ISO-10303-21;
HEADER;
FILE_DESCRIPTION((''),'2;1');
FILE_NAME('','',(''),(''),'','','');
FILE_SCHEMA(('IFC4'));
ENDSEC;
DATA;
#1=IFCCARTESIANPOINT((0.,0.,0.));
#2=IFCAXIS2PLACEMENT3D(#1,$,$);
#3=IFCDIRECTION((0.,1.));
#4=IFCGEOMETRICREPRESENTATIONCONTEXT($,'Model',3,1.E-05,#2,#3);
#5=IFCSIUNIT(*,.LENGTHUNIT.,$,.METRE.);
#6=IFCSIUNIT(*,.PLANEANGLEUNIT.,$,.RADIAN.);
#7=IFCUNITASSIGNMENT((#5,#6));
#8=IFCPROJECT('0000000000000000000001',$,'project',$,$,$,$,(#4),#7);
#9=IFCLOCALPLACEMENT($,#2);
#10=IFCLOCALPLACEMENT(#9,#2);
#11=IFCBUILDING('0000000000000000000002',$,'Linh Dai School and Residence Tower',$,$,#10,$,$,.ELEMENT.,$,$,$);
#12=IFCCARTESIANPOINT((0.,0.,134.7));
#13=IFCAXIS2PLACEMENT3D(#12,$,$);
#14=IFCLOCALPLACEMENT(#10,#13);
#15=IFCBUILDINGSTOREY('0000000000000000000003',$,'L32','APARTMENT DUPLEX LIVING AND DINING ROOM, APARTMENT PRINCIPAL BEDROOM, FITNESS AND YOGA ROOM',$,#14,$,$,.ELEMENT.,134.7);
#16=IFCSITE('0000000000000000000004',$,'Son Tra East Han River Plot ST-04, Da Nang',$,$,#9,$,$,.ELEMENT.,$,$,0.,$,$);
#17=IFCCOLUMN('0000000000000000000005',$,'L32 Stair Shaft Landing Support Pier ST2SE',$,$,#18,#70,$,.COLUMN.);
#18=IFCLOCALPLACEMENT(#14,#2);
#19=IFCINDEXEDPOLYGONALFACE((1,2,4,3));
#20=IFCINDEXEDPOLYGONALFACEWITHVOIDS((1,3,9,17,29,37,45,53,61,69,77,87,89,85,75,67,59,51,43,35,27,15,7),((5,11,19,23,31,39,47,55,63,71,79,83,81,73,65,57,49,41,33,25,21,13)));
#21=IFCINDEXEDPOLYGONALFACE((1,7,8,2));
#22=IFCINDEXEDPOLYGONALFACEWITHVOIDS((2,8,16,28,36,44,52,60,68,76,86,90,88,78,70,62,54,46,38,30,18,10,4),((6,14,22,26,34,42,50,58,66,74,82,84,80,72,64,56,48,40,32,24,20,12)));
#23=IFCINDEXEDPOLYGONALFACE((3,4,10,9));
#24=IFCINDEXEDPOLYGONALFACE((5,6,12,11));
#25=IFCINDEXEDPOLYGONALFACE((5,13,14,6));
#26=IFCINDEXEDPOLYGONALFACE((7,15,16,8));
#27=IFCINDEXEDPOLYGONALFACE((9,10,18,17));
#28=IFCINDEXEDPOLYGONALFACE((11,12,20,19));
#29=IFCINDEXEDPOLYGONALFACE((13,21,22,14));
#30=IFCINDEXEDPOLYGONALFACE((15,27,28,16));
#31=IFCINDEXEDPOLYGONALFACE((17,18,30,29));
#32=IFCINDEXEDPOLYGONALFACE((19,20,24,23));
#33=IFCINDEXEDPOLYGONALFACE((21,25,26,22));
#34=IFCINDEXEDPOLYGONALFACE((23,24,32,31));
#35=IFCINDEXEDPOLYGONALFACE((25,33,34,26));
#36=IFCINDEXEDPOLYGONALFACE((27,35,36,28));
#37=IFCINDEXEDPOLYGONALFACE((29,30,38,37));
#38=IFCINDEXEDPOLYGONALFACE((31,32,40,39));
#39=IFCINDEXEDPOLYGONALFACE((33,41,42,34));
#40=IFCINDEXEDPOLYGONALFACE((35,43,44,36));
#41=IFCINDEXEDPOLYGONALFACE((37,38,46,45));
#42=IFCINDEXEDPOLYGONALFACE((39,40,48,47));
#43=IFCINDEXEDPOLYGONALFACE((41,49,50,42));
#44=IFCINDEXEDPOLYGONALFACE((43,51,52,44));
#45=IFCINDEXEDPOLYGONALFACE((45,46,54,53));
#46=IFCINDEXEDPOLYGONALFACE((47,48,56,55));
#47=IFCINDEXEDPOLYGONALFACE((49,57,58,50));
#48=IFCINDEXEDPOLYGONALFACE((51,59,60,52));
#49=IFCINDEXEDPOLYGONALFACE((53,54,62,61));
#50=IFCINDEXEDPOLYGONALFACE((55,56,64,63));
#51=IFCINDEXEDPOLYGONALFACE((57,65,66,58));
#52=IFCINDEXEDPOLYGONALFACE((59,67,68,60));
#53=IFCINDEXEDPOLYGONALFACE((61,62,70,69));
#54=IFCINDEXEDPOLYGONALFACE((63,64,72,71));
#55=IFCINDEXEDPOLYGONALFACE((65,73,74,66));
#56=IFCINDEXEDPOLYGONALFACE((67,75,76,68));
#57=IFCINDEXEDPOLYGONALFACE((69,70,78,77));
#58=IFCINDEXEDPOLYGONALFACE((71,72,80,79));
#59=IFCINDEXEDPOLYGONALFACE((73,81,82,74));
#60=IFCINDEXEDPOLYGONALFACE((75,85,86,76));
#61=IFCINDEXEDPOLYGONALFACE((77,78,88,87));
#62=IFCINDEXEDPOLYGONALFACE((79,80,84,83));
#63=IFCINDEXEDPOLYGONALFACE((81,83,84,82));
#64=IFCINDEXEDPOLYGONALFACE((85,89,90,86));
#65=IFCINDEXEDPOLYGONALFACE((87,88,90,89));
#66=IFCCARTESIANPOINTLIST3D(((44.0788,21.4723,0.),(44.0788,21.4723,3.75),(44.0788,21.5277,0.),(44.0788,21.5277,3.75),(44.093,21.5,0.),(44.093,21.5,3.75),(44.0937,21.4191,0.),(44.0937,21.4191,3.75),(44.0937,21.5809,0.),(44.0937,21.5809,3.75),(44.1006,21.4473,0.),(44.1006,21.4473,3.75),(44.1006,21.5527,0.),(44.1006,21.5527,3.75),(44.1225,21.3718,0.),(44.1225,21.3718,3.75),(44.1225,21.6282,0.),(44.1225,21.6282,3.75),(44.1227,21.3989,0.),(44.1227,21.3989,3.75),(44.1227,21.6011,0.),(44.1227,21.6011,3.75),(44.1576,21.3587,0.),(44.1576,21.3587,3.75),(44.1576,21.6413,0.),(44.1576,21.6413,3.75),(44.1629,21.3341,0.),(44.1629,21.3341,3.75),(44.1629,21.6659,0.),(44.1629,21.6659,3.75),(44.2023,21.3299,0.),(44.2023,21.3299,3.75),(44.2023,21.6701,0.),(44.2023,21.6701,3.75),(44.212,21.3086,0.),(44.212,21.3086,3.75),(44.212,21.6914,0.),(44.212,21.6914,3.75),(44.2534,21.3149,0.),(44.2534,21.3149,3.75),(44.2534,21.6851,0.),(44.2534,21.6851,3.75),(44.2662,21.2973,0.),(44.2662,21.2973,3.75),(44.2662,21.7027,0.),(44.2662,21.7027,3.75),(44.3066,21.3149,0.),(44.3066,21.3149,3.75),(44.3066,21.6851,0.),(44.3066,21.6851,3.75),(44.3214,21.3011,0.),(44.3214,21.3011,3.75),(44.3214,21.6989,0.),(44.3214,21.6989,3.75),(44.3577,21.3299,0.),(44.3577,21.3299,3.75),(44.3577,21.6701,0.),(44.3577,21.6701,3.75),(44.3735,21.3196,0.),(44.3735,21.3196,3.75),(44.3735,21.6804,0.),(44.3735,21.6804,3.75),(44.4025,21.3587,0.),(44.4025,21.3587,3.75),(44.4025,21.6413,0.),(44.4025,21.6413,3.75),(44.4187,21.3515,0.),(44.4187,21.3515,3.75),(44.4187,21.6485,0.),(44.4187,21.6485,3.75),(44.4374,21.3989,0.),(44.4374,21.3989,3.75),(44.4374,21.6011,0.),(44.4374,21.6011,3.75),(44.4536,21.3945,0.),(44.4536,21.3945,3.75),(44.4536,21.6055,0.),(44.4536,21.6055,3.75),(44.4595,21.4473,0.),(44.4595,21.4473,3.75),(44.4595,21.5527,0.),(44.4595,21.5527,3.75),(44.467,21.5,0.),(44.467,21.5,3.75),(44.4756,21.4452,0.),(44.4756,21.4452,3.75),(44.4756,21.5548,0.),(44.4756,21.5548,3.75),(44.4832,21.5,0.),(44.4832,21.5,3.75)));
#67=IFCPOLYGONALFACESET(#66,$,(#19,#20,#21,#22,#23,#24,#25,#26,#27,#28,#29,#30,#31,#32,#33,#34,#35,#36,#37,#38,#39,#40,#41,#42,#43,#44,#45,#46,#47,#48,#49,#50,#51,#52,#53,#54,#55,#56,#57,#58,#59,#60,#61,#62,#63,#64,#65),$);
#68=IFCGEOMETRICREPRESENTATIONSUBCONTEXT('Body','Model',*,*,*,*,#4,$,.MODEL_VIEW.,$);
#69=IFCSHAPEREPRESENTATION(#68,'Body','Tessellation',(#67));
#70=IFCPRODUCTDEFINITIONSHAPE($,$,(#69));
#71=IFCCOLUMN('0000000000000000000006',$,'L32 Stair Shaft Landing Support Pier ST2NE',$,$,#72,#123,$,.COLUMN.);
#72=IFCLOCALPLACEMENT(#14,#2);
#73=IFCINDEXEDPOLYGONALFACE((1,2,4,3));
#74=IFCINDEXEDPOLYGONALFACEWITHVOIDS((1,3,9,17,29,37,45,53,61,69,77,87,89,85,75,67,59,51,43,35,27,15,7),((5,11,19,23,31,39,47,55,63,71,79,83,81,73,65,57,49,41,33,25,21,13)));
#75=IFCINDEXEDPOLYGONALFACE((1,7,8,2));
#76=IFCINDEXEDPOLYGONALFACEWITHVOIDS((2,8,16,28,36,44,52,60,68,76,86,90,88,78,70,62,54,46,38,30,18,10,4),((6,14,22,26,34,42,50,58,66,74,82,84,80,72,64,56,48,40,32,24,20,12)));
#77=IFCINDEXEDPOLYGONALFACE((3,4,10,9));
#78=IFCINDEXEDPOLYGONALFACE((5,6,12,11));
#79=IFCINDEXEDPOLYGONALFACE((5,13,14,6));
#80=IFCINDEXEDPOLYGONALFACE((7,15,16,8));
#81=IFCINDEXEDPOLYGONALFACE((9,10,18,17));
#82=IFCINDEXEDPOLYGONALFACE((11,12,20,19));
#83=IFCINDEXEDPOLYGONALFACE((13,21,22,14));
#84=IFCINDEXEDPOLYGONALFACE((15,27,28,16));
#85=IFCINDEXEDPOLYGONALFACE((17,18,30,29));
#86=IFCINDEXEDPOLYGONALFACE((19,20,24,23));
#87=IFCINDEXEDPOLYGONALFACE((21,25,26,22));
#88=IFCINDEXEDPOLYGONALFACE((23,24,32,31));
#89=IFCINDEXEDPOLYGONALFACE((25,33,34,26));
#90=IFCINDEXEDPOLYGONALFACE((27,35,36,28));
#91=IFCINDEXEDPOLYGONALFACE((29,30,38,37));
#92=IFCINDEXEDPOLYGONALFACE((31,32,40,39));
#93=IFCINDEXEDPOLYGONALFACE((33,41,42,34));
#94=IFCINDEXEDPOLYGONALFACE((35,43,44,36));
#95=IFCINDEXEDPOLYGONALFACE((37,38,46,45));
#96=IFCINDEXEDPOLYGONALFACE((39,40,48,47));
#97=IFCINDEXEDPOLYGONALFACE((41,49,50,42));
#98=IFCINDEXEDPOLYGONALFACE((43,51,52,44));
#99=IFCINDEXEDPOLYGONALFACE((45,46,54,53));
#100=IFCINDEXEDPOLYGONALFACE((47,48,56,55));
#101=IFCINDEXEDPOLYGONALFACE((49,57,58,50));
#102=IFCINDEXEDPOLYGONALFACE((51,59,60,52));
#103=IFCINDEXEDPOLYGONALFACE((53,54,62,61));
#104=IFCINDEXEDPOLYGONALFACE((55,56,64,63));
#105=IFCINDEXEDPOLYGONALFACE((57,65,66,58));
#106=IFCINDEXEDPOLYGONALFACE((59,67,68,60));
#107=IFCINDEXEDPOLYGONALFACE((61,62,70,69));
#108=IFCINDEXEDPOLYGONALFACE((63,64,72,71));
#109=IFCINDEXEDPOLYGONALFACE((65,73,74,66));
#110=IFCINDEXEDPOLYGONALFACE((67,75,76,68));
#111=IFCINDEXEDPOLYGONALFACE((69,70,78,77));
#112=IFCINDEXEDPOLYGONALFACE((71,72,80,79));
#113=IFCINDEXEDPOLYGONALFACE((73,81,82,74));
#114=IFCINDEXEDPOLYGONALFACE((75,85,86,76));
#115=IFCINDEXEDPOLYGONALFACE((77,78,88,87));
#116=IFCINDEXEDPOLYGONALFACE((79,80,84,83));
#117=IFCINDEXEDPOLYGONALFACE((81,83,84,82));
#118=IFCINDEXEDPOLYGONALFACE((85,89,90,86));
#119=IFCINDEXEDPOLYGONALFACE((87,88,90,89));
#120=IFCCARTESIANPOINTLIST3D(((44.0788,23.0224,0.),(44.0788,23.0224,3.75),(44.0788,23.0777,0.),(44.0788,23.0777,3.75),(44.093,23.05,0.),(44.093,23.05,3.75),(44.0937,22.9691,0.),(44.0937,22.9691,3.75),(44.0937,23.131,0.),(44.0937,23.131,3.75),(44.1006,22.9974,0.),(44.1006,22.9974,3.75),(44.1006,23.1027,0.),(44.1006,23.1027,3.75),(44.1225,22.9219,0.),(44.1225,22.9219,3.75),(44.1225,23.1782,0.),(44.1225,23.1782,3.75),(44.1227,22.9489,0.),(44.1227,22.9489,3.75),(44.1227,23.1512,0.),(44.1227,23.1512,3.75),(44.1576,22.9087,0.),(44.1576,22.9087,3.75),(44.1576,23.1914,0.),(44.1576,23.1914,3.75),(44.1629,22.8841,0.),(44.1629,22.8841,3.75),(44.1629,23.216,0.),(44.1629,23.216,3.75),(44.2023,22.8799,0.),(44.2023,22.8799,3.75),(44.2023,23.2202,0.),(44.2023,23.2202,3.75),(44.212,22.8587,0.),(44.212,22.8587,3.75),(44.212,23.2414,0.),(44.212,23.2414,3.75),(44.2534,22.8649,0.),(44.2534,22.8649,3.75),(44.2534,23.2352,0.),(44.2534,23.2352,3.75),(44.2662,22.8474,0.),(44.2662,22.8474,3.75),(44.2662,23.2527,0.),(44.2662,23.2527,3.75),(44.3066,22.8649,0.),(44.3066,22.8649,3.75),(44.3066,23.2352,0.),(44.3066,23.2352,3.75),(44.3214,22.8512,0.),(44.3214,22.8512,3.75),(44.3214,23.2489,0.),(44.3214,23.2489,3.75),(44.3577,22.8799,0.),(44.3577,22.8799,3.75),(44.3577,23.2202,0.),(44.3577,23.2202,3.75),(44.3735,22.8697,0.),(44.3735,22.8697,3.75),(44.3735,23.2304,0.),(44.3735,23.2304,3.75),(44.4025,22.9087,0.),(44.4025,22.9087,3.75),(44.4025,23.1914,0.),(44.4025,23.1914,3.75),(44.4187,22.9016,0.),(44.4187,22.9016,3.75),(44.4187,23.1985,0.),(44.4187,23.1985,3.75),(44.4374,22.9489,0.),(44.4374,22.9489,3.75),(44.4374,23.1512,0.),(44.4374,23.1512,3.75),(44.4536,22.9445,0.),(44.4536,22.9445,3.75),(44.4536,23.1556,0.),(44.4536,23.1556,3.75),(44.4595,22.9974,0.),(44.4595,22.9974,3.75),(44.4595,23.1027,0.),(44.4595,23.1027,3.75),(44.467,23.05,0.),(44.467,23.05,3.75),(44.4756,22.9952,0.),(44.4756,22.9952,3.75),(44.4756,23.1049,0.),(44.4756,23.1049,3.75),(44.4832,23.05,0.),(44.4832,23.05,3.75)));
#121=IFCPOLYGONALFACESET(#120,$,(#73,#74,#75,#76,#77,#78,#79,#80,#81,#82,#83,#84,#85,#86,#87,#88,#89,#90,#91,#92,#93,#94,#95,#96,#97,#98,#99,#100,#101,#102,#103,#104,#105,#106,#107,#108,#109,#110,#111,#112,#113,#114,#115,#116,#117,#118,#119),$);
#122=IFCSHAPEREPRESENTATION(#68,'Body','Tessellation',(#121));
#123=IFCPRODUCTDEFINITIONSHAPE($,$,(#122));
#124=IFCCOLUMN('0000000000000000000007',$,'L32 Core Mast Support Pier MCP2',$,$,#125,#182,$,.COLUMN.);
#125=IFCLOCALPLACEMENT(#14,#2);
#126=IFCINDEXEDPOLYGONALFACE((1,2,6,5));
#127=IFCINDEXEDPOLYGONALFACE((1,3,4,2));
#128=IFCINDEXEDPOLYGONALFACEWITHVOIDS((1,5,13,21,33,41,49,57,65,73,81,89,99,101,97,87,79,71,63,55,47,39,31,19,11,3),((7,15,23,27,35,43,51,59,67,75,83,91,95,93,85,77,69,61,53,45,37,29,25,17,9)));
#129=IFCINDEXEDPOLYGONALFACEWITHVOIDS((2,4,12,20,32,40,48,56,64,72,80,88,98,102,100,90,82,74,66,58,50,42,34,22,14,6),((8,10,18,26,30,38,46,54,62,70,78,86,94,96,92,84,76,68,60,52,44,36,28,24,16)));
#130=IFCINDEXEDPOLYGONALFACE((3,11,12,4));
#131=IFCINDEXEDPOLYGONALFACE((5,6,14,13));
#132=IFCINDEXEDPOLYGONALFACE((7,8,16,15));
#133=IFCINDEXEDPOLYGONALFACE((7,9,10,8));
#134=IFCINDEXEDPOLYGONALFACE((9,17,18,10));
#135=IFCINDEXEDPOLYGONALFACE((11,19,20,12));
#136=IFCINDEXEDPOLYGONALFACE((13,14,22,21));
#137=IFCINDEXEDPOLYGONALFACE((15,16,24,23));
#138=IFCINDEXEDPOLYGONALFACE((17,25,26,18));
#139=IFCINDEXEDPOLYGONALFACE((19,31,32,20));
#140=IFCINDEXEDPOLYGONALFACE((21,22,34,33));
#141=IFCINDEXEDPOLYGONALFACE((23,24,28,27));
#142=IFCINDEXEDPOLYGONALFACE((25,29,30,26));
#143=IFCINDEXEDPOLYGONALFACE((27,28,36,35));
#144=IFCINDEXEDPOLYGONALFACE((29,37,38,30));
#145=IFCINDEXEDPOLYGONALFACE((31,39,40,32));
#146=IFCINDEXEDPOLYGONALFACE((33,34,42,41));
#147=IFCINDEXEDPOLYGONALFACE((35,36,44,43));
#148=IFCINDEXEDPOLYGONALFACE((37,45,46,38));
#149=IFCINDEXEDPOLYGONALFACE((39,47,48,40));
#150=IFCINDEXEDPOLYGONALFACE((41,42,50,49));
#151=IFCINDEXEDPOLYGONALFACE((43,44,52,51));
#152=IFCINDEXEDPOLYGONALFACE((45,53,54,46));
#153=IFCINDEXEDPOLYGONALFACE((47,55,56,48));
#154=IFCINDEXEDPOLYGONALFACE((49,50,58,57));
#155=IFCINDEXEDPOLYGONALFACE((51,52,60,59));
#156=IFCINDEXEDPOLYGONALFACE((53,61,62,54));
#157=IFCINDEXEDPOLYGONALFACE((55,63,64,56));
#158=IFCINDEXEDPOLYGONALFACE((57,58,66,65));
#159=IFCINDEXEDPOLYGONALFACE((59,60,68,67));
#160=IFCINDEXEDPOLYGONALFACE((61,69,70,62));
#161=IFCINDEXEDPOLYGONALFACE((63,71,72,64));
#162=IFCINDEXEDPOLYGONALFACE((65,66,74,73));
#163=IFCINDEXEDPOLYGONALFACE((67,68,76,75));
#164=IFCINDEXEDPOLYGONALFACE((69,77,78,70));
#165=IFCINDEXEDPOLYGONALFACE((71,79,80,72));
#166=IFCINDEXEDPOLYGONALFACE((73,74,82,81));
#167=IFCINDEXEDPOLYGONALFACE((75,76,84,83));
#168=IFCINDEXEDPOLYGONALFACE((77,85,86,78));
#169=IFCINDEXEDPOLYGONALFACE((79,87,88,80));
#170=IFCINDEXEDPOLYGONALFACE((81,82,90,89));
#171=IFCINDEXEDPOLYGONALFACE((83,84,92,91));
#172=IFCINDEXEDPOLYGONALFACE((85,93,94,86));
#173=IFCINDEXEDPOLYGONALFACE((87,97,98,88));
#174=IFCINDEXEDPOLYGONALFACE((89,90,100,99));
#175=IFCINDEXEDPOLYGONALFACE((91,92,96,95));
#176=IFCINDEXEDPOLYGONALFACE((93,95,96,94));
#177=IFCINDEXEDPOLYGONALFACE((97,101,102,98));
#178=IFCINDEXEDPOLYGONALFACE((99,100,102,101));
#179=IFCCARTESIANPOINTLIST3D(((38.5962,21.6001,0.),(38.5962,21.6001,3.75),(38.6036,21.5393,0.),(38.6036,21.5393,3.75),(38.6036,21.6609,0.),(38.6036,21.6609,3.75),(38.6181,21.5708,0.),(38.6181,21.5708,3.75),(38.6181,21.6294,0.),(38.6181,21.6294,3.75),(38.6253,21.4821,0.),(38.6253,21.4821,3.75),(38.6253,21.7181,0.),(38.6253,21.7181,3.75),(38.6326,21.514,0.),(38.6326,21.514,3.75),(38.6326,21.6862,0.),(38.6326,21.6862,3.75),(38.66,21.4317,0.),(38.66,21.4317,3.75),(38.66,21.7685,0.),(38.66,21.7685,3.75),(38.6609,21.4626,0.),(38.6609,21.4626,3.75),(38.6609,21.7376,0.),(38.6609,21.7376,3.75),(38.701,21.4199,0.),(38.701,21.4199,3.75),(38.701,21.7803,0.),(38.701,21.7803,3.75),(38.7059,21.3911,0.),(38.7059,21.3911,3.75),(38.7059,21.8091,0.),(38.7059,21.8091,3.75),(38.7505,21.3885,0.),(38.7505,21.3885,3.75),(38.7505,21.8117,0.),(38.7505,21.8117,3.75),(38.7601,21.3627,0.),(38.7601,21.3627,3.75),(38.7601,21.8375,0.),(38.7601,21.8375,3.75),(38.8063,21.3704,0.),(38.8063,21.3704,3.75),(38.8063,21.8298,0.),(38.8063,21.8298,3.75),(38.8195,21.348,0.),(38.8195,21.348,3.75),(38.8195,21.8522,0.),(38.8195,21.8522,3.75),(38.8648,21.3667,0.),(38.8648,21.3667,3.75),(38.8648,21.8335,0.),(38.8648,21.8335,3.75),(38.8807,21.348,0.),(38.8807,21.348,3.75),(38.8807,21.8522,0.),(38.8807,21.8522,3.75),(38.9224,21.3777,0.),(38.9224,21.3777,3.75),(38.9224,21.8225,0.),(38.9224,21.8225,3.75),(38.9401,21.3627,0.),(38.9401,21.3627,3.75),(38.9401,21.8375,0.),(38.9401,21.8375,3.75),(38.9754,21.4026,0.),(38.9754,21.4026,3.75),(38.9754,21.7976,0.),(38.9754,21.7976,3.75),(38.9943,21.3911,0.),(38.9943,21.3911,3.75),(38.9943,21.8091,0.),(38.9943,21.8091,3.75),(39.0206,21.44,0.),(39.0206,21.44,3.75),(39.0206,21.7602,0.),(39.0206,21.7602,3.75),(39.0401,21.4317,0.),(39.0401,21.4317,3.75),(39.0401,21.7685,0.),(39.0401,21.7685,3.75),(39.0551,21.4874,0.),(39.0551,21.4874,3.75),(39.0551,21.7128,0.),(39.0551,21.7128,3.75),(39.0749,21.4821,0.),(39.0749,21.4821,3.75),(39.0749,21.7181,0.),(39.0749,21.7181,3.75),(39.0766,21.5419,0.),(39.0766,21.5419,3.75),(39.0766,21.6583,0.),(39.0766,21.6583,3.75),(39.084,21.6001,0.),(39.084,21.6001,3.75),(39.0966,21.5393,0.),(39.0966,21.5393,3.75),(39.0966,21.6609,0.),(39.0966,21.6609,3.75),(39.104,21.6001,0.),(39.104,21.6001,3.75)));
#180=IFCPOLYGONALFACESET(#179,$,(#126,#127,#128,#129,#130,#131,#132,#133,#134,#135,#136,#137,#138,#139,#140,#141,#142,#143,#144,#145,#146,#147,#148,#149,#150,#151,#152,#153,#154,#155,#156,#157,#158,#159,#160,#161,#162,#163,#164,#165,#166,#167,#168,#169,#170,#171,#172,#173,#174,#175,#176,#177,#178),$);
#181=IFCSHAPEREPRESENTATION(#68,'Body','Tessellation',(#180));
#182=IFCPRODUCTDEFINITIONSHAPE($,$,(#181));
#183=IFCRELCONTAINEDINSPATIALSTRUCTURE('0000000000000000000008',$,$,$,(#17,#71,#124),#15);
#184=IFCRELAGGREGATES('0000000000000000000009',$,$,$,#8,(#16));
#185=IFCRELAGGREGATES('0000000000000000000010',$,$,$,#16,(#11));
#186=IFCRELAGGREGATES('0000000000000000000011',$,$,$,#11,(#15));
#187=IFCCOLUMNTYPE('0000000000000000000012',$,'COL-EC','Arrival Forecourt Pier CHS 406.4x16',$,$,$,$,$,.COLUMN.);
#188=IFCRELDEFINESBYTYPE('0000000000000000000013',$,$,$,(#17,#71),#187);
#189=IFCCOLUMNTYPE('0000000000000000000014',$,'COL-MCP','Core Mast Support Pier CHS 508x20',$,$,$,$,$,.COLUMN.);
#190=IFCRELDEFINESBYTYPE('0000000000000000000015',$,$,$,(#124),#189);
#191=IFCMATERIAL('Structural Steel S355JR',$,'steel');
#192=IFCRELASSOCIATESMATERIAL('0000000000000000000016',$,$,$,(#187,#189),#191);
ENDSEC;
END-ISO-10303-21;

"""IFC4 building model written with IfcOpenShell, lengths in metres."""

from ifc_helpers import new_model, si_unit, direction, frame, origin, origin_2d, place, context, subcontext, project, spatial, hollow_circle, extrude, material, material_profile, profile_set, type_object, element, save


model = new_model("IFC4")

# Units and contexts
model_context = context("Model", 3, precision=1e-05, world=origin(), true_north=direction((0.0, 1.0)))
body_context = subcontext(model_context, "Body", "Model", "MODEL_VIEW")
ifc_project = project(units=[si_unit("LENGTHUNIT", "METRE"), si_unit("PLANEANGLEUNIT", "RADIAN")], contexts=[model_context])

# Site, building, storey
site_placement = place(None, origin())
site = spatial("IfcSite", under=ifc_project, at=site_placement, Name="Son Tra East Han River Plot ST-04, Da Nang", CompositionType="ELEMENT", RefElevation=0.0)
building_placement = place(site_placement, origin())
building = spatial("IfcBuilding", under=site, at=building_placement, Name="Linh Dai School and Residence Tower", CompositionType="ELEMENT")
storey_placement = place(building_placement, frame((0.0, 0.0, 134.7)))
storey = spatial("IfcBuildingStorey", under=building, at=storey_placement, Name="L32", Description="APARTMENT DUPLEX LIVING AND DINING ROOM, APARTMENT PRINCIPAL BEDROOM, FITNESS AND YOGA ROOM", CompositionType="ELEMENT", Elevation=134.7)

# Columns
ifc_material_1 = material(Name="Structural Steel S355JR", Category="steel")
ifc_material_profile_1 = material_profile(ifc_material_1, hollow_circle(Radius=0.2031, WallThickness=0.0161, at=origin_2d()), Name="CHS 406.4x16")
ifc_profile_set_1 = profile_set([ifc_material_profile_1], Name="Structural Steel S355JR")
column_type_1 = type_object("IfcColumnType", Name="COL-EC", Description="Arrival Forecourt Pier CHS 406.4x16", PredefinedType="COLUMN", material=ifc_profile_set_1)
for number, where, z_axis, x_axis, name in (
    (1, (44.28, 21.5, 0.0), (0.0, 0.0, 1.0), (1.0, 0.0, 0.0), "L32 Stair Shaft Landing Support Pier ST2SE"),
    (2, (44.28, 23.05, 0.0), (0.0, 0.0, 1.0), (1.0, 0.0, 0.0), "L32 Stair Shaft Landing Support Pier ST2NE"),
):
    element("IfcColumn", number, at=place(storey_placement, frame(where, z_axis=z_axis, x_axis=x_axis)), inside=storey, type_object=column_type_1, Name=name, PredefinedType="COLUMN", context=body_context, shape_type="SweptSolid", body=[
        extrude(hollow_circle(Radius=0.2031, WallThickness=0.0161, at=origin_2d()), origin(), (0.0, 0.0, 1.0), 3.75),
    ])
ifc_material_profile_2 = material_profile(ifc_material_1, hollow_circle(Radius=0.2539, WallThickness=0.02, at=origin_2d()), Name="CHS 508x20")
ifc_profile_set_2 = profile_set([ifc_material_profile_2], Name="Structural Steel S355JR")
column_type_2 = type_object("IfcColumnType", Name="COL-MCP", Description="Core Mast Support Pier CHS 508x20", PredefinedType="COLUMN", material=ifc_profile_set_2)
column_placement = place(storey_placement, frame((38.8501, 21.6001, 0.0), z_axis=(0.0, 0.0, 1.0), x_axis=(1.0, 0.0, 0.0)))
element("IfcColumn", 3, at=column_placement, inside=storey, type_object=column_type_2, Name="L32 Core Mast Support Pier MCP2", PredefinedType="COLUMN", context=body_context, shape_type="SweptSolid", body=[
    extrude(hollow_circle(Radius=0.2539, WallThickness=0.02, at=origin_2d()), origin(), (0.0, 0.0, 1.0), 3.75),
])

save(model, "model.ifc")
